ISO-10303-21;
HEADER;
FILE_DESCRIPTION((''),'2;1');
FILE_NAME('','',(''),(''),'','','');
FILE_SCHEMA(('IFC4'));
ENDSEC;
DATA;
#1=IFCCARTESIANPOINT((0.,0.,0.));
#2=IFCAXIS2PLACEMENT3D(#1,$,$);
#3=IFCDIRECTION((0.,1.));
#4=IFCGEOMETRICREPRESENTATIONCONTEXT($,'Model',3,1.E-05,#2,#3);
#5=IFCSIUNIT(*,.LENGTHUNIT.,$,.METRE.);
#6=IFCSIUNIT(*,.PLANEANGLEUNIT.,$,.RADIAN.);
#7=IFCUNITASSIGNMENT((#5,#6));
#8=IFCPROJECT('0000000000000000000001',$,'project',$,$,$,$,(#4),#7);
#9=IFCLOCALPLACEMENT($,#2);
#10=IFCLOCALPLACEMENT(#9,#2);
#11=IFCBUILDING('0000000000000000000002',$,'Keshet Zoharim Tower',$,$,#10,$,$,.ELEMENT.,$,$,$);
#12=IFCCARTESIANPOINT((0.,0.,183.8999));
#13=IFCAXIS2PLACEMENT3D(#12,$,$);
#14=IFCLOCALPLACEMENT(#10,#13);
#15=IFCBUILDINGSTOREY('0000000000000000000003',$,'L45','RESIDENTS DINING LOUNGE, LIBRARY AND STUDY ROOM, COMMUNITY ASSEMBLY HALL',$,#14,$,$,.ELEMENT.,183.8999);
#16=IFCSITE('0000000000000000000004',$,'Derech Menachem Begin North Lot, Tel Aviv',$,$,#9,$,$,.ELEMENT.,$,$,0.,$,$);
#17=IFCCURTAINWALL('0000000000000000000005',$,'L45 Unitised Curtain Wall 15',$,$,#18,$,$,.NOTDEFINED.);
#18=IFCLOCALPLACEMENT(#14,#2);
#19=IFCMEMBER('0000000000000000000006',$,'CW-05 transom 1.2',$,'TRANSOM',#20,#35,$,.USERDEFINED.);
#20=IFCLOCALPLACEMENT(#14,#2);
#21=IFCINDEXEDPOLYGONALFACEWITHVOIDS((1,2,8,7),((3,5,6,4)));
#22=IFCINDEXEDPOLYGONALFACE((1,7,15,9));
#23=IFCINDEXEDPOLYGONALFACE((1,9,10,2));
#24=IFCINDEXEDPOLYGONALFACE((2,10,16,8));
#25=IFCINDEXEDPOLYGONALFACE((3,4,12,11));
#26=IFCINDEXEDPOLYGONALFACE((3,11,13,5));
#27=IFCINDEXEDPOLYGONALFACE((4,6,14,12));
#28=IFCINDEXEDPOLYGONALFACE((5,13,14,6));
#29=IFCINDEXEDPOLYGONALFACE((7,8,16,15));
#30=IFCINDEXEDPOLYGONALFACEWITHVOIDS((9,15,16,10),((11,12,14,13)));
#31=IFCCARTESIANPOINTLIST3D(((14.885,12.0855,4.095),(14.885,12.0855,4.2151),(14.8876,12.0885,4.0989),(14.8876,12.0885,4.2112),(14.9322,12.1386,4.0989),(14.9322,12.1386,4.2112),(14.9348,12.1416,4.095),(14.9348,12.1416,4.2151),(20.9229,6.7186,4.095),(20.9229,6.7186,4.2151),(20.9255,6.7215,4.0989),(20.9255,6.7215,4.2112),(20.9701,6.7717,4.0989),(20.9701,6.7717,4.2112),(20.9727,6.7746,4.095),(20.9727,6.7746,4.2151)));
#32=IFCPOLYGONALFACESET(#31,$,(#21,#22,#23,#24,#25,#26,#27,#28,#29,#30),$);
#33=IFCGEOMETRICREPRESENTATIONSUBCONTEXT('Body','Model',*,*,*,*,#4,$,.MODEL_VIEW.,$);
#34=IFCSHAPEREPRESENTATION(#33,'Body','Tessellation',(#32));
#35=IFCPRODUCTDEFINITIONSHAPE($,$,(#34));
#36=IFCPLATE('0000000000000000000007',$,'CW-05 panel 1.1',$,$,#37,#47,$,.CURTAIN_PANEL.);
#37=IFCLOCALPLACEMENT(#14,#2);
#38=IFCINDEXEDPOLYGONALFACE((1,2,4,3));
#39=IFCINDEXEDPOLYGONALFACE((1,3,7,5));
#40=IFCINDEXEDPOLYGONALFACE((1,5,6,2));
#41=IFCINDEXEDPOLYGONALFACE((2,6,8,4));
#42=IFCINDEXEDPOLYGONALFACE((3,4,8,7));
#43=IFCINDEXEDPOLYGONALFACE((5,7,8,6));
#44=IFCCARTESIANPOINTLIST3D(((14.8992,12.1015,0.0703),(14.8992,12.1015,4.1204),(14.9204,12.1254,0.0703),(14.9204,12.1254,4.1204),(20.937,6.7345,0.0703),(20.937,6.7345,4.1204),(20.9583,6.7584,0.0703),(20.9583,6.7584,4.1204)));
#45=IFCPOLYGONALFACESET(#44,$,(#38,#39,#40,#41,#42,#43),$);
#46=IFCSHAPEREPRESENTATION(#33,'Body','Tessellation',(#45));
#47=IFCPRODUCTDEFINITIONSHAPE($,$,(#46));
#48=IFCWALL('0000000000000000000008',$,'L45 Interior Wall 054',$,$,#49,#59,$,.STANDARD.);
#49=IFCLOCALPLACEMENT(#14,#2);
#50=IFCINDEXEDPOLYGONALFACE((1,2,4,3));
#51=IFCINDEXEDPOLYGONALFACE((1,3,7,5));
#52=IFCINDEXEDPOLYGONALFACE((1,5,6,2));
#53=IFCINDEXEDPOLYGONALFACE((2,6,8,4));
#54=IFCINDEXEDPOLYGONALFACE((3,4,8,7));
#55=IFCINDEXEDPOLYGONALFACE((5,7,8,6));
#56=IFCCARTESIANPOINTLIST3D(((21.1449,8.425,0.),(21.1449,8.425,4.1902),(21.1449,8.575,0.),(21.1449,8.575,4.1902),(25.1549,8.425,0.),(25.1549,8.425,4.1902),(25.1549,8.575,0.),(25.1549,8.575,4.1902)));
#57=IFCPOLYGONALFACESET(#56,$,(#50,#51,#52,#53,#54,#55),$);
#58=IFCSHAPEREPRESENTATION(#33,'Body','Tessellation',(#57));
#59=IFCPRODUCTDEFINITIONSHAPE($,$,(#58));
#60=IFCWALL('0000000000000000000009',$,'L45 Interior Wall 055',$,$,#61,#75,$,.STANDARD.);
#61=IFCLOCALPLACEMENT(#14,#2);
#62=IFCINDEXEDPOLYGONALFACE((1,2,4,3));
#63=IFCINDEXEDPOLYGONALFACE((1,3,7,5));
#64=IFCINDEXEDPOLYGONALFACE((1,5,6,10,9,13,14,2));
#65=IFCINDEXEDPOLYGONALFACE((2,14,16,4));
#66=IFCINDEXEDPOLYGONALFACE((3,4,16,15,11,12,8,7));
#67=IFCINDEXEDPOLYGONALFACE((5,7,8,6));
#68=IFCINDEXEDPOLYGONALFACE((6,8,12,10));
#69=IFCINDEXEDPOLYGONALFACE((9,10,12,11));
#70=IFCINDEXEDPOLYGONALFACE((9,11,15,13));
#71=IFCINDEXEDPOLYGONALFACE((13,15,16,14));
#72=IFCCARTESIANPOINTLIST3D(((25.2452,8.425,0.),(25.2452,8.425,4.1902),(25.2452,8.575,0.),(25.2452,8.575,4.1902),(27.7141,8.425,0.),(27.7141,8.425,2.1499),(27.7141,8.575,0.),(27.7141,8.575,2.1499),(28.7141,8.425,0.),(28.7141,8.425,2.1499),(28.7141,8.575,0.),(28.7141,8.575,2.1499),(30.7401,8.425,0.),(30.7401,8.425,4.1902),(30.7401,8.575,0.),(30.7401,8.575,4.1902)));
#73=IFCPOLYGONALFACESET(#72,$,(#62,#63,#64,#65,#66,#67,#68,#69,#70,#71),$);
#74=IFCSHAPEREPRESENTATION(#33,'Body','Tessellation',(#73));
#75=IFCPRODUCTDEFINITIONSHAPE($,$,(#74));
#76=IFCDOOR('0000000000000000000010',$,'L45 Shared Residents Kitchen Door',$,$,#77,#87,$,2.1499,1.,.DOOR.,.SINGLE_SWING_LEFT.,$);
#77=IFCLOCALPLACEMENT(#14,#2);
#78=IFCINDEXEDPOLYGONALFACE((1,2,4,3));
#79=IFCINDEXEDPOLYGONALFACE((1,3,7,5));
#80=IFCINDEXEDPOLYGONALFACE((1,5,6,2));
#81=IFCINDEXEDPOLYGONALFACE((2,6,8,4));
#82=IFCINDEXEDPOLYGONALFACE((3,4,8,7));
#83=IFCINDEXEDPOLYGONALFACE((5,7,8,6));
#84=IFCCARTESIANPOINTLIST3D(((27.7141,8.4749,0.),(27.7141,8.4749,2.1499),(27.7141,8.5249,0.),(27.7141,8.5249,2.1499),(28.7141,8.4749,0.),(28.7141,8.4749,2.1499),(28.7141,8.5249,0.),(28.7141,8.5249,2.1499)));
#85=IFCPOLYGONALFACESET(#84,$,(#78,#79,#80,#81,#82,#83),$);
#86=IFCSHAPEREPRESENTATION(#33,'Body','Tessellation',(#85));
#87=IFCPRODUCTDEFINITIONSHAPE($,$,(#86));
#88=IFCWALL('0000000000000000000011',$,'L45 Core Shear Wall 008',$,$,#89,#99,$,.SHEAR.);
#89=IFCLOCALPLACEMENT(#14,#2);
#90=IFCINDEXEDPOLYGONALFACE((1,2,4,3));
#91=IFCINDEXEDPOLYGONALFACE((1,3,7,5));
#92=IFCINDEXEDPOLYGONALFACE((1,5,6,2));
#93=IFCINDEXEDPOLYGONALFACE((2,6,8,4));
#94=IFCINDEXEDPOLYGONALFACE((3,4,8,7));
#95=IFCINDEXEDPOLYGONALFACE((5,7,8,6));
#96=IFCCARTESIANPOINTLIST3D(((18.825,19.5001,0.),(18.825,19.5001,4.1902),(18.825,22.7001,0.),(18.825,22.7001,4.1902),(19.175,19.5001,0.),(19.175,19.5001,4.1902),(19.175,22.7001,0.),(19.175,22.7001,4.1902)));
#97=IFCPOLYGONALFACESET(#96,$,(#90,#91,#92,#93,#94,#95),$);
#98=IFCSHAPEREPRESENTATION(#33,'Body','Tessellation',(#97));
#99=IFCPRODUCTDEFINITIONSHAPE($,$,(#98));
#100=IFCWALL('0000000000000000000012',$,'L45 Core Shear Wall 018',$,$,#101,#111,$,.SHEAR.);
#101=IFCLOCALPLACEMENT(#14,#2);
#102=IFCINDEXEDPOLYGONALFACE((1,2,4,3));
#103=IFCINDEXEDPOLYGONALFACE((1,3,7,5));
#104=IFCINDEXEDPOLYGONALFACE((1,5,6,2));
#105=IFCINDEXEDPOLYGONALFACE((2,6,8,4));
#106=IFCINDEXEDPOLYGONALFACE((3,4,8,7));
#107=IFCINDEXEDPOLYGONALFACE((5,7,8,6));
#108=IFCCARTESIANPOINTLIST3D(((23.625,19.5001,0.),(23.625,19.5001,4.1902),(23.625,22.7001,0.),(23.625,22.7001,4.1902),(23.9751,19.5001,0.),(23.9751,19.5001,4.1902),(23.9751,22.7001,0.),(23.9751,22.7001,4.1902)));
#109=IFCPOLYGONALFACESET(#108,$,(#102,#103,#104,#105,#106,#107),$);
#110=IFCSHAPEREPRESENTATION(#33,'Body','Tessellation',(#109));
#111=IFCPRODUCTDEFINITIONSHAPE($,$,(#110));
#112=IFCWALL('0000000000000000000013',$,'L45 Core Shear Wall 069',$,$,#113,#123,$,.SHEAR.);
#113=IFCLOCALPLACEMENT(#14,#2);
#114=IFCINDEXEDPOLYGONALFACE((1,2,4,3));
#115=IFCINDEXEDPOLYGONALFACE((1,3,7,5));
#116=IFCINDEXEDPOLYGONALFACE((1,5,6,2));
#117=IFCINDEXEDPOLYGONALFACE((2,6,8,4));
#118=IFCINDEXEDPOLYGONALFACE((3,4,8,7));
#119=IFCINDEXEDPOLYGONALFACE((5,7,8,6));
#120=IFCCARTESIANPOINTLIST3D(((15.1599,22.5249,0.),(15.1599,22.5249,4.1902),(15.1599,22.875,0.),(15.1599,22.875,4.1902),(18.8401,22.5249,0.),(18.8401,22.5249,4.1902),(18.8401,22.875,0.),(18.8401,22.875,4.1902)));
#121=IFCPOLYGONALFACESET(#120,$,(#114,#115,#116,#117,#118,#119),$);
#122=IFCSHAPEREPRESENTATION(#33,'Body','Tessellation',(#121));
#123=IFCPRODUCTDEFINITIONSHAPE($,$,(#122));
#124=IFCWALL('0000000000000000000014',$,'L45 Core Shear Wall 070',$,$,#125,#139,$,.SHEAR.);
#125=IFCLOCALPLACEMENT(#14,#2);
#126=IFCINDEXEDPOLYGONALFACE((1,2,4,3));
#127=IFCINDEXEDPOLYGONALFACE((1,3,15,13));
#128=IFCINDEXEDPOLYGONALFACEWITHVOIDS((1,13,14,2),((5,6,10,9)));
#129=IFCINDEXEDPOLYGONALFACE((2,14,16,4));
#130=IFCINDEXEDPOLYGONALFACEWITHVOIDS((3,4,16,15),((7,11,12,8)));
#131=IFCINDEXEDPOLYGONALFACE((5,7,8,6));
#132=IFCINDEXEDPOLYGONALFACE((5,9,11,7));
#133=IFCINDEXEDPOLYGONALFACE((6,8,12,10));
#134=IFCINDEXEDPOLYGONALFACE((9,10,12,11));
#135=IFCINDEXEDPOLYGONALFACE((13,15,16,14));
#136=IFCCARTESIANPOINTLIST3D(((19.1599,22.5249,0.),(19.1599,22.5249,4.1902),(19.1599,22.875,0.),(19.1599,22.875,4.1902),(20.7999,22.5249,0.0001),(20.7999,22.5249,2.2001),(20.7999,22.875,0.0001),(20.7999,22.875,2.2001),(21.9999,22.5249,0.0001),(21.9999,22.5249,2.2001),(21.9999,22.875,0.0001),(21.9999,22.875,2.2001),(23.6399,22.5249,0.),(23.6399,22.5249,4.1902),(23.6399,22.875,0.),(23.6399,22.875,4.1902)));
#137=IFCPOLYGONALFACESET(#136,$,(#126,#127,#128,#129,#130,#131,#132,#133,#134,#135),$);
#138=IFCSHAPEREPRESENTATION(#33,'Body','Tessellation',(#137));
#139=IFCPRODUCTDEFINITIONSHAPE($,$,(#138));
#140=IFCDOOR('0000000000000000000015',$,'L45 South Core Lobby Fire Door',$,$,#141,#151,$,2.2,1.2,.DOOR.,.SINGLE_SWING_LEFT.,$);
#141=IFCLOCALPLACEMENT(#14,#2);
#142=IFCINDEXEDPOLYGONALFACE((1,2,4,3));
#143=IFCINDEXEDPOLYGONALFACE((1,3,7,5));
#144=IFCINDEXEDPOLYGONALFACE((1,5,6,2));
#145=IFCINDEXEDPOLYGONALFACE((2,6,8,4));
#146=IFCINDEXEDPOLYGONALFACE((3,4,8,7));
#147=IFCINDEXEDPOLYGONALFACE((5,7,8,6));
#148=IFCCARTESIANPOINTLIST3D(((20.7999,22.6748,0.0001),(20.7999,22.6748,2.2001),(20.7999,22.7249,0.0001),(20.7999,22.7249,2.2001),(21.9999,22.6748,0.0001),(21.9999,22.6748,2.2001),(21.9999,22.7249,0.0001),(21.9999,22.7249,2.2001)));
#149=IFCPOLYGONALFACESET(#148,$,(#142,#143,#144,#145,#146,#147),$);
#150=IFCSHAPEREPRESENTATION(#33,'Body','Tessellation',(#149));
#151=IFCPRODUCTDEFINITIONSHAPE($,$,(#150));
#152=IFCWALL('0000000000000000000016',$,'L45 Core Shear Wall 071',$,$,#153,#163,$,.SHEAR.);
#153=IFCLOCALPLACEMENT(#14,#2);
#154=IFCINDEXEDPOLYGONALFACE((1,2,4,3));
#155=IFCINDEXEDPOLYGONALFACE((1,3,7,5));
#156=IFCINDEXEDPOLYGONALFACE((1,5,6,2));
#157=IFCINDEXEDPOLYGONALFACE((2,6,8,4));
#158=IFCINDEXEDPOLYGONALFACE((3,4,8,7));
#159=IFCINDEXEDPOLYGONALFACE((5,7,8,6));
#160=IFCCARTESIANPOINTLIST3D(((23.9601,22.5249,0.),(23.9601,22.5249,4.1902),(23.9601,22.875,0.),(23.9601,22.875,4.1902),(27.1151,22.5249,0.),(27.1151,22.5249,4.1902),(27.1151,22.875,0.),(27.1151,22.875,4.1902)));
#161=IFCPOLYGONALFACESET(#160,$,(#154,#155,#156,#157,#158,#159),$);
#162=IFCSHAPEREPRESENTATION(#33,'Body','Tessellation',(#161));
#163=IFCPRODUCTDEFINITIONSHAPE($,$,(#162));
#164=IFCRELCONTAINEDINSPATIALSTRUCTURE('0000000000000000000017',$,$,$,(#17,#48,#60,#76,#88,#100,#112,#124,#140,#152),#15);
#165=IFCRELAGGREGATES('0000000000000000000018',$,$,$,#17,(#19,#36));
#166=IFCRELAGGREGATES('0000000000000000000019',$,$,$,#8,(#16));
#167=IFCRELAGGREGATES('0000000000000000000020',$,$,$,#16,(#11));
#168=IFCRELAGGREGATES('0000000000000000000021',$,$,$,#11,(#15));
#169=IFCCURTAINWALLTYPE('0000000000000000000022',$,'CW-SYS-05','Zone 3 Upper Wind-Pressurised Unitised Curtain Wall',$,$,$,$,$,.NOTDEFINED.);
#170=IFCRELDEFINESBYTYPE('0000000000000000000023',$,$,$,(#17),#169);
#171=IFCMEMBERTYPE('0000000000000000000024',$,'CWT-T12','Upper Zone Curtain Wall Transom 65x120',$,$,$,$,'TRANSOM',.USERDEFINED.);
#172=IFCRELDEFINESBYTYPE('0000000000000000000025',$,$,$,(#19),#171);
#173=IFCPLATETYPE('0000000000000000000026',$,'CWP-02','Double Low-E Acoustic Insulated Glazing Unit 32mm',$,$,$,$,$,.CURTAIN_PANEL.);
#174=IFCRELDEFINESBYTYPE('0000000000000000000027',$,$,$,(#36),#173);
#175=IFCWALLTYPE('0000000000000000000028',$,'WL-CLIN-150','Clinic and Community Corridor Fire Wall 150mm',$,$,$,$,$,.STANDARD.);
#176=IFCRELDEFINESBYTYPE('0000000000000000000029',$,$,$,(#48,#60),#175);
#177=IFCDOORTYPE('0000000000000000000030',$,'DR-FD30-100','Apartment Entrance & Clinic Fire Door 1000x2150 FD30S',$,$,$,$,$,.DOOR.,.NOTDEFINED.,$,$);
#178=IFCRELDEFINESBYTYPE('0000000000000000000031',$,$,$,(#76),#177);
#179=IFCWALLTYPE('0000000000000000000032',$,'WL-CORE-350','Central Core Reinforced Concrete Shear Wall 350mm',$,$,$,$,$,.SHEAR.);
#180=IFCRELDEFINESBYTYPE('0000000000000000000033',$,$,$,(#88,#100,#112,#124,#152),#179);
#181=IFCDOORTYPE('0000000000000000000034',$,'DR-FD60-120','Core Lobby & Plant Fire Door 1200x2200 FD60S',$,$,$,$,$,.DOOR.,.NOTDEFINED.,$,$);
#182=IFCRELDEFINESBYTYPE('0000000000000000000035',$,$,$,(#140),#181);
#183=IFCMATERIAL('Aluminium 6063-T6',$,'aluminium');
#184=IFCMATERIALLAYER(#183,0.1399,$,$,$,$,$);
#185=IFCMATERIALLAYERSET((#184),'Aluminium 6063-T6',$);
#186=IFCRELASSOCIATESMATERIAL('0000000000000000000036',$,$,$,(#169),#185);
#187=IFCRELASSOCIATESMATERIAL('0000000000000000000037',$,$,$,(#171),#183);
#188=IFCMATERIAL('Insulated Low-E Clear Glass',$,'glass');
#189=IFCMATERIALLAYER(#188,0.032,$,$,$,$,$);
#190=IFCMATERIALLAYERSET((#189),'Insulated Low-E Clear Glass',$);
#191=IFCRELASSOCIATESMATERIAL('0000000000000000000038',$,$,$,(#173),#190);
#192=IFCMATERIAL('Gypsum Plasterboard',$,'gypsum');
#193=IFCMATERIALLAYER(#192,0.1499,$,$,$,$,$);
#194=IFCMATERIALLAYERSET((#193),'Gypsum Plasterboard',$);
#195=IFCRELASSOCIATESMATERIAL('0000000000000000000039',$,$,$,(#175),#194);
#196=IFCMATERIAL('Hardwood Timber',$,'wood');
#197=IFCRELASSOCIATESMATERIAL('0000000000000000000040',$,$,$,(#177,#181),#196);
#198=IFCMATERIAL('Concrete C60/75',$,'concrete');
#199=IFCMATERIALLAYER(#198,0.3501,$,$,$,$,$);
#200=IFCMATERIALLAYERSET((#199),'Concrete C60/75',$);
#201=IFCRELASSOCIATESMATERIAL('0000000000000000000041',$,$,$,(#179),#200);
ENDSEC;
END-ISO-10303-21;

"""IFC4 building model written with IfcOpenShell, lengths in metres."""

from ifc_helpers import new_model, si_unit, direction, frame, frame_2d, origin, origin_2d, place, context, subcontext, project, spatial, rectangle, hollow_rectangle, extrude, material, layer, layer_set, material_profile, profile_set, type_object, element, fill, aggregate, save


model = new_model("IFC4")

# Units and contexts
model_context = context("Model", 3, precision=1e-05, world=origin(), true_north=direction((0.0, 1.0)))
body_context = subcontext(model_context, "Body", "Model", "MODEL_VIEW")
ifc_project = project(units=[si_unit("LENGTHUNIT", "METRE"), si_unit("PLANEANGLEUNIT", "RADIAN")], contexts=[model_context])

# Site, building, storey
site_placement = place(None, origin())
site = spatial("IfcSite", under=ifc_project, at=site_placement, Name="Derech Menachem Begin North Lot, Tel Aviv", CompositionType="ELEMENT", RefElevation=0.0)
building_placement = place(site_placement, origin())
building = spatial("IfcBuilding", under=site, at=building_placement, Name="Keshet Zoharim Tower", CompositionType="ELEMENT")
storey_placement = place(building_placement, frame((0.0, 0.0, 183.8999)))
storey = spatial("IfcBuildingStorey", under=building, at=storey_placement, Name="L45", Description="RESIDENTS DINING LOUNGE, LIBRARY AND STUDY ROOM, COMMUNITY ASSEMBLY HALL", CompositionType="ELEMENT", Elevation=183.8999)

# Curtain wall, member, plate
ifc_material_1 = material(Name="Aluminium 6063-T6", Category="aluminium")
ifc_layer_1 = layer(ifc_material_1, 0.1399)
ifc_layer_set_1 = layer_set([ifc_layer_1], Name="Aluminium 6063-T6")
curtain_wall_type = type_object("IfcCurtainWallType", Name="CW-SYS-05", Description="Zone 3 Upper Wind-Pressurised Unitised Curtain Wall", PredefinedType="NOTDEFINED", material=ifc_layer_set_1)
curtain_wall_placement = place(storey_placement, origin())
curtain_wall = element("IfcCurtainWall", 1, at=curtain_wall_placement, inside=storey, type_object=curtain_wall_type, Name="L45 Unitised Curtain Wall 15", PredefinedType="NOTDEFINED")
ifc_material_profile = material_profile(ifc_material_1, hollow_rectangle(XDim=0.075, YDim=0.1201, WallThickness=0.0039, at=origin_2d()), Name="TRN-75x120")
ifc_profile_set = profile_set([ifc_material_profile], Name="Aluminium 6063-T6")
member_type = type_object("IfcMemberType", Name="CWT-T12", Description="Upper Zone Curtain Wall Transom 65x120", ElementType="TRANSOM", PredefinedType="USERDEFINED", material=ifc_profile_set)
member_placement = place(storey_placement, frame((20.9478, 6.7466, 4.155), z_axis=(-0.747411, 0.664362, 0.0), x_axis=(-0.664362, -0.747411, 0.0)))
member = element("IfcMember", 2, at=member_placement, type_object=member_type, Name="CW-05 transom 1.2", ObjectType="TRANSOM", PredefinedType="USERDEFINED", context=body_context, shape_type="SweptSolid", body=[
    extrude(hollow_rectangle(XDim=0.075, YDim=0.1201, WallThickness=0.0039, at=origin_2d()), origin(), (0.0, 0.0, 1.0), 8.0784),
])
ifc_material_2 = material(Name="Insulated Low-E Clear Glass", Category="glass")
ifc_layer_2 = layer(ifc_material_2, 0.032)
ifc_layer_set_2 = layer_set([ifc_layer_2], Name="Insulated Low-E Clear Glass")
plate_type = type_object("IfcPlateType", Name="CWP-02", Description="Double Low-E Acoustic Insulated Glazing Unit 32mm", PredefinedType="CURTAIN_PANEL", material=ifc_layer_set_2)
plate_placement = place(storey_placement, frame((17.9287, 9.4299, 0.0703), z_axis=(0.0, 0.0, 1.0), x_axis=(-0.747409, 0.664364, 0.0)))
plate = element("IfcPlate", 3, at=plate_placement, type_object=plate_type, Name="CW-05 panel 1.1", PredefinedType="CURTAIN_PANEL", context=body_context, shape_type="SweptSolid", body=[
    extrude(rectangle(XDim=8.0784, YDim=0.032, at=origin_2d()), origin(), (0.0, 0.0, 1.0), 4.05),
])
aggregate(curtain_wall, [member, plate])

# Shared definitions
ifc_material_3 = material(Name="Gypsum Plasterboard", Category="gypsum")
ifc_layer_3 = layer(ifc_material_3, 0.1499)
ifc_layer_set_3 = layer_set([ifc_layer_3], Name="Gypsum Plasterboard")
wall_type_1 = type_object("IfcWallType", Name="WL-CLIN-150", Description="Clinic and Community Corridor Fire Wall 150mm", PredefinedType="STANDARD", material=ifc_layer_set_3)
ifc_material_4 = material(Name="Hardwood Timber", Category="wood")
door_type_1 = type_object("IfcDoorType", Name="DR-FD30-100", Description="Apartment Entrance & Clinic Fire Door 1000x2150 FD30S", OperationType="NOTDEFINED", PredefinedType="DOOR", material=ifc_material_4)

# Wall
wall_1_placement = place(storey_placement, frame((21.145, 8.5, 0.0), z_axis=(0.0, 0.0, 1.0), x_axis=(1.0, 0.0, 0.0)))
element("IfcWall", 4, at=wall_1_placement, inside=storey, type_object=wall_type_1, Name="L45 Interior Wall 054", PredefinedType="STANDARD", context=body_context, shape_type="SweptSolid", body=[
    extrude(rectangle(XDim=4.01, YDim=0.1499, at=frame_2d((2.0049, 0.0))), origin(), (0.0, 0.0, 1.0), 4.1902),
])

# Wall, opening, door
wall_2_placement = place(storey_placement, frame((25.2451, 8.5, 0.0), z_axis=(0.0, 0.0, 1.0), x_axis=(1.0, 0.0, 0.0)))
wall_2 = element("IfcWall", 5, at=wall_2_placement, inside=storey, type_object=wall_type_1, Name="L45 Interior Wall 055", PredefinedType="STANDARD", context=body_context, shape_type="SweptSolid", body=[
    extrude(rectangle(XDim=5.4949, YDim=0.1499, at=frame_2d((2.7476, 0.0))), origin(), (0.0, 0.0, 1.0), 4.1902),
])
opening_1_placement = place(wall_2_placement, frame((2.469, 0.0, 0.0)))
opening_1 = element("IfcOpeningElement", 6, at=opening_1_placement, cuts=wall_2, PredefinedType="OPENING", context=body_context, shape_type="SweptSolid", body=[
    extrude(rectangle(XDim=1.0, YDim=2.1499, at=frame_2d((0.5, 1.075))), frame((0.0, 0.085, 0.0), z_axis=(0.0, -1.0, 0.0), x_axis=(1.0, 0.0, 0.0)), (0.0, 0.0, 1.0), 0.1699),
])
door_1_placement = place(opening_1_placement, origin())
door_1 = element("IfcDoor", 7, at=door_1_placement, inside=storey, type_object=door_type_1, Name="L45 Shared Residents Kitchen Door", OperationType="SINGLE_SWING_LEFT", OverallHeight=2.1499, OverallWidth=1.0, PredefinedType="DOOR", context=body_context, shape_type="SweptSolid", body=[
    extrude(rectangle(XDim=1.0, YDim=2.1499, at=frame_2d((0.5, 1.075))), frame((0.0, 0.0249, 0.0), z_axis=(0.0, -1.0, 0.0), x_axis=(1.0, 0.0, 0.0)), (0.0, 0.0, 1.0), 0.05),
])
fill(opening_1, door_1)

# Wall
ifc_material_5 = material(Name="Concrete C60/75", Category="concrete")
ifc_layer_4 = layer(ifc_material_5, 0.3501)
ifc_layer_set_4 = layer_set([ifc_layer_4], Name="Concrete C60/75")
wall_type_2 = type_object("IfcWallType", Name="WL-CORE-350", Description="Central Core Reinforced Concrete Shear Wall 350mm", PredefinedType="SHEAR", material=ifc_layer_set_4)
wall_3_placement = place(storey_placement, frame((19.0, 19.5, 0.0), z_axis=(0.0, 0.0, 1.0), x_axis=(0.0, 1.0, 0.0)))
element("IfcWall", 8, at=wall_3_placement, inside=storey, type_object=wall_type_2, Name="L45 Core Shear Wall 008", PredefinedType="SHEAR", context=body_context, shape_type="SweptSolid", body=[
    extrude(rectangle(XDim=3.2, YDim=0.3501, at=frame_2d((1.6001, 0.0))), origin(), (0.0, 0.0, 1.0), 4.1902),
])

# Wall
wall_4_placement = place(storey_placement, frame((23.8, 19.5, 0.0), z_axis=(0.0, 0.0, 1.0), x_axis=(0.0, 1.0, 0.0)))
element("IfcWall", 9, at=wall_4_placement, inside=storey, type_object=wall_type_2, Name="L45 Core Shear Wall 018", PredefinedType="SHEAR", context=body_context, shape_type="SweptSolid", body=[
    extrude(rectangle(XDim=3.2, YDim=0.3501, at=frame_2d((1.6001, 0.0))), origin(), (0.0, 0.0, 1.0), 4.1902),
])

# Wall
wall_5_placement = place(storey_placement, frame((15.1599, 22.7, 0.0), z_axis=(0.0, 0.0, 1.0), x_axis=(1.0, 0.0, 0.0)))
element("IfcWall", 10, at=wall_5_placement, inside=storey, type_object=wall_type_2, Name="L45 Core Shear Wall 069", PredefinedType="SHEAR", context=body_context, shape_type="SweptSolid", body=[
    extrude(rectangle(XDim=3.6802, YDim=0.3501, at=frame_2d((1.8401, 0.0))), origin(), (0.0, 0.0, 1.0), 4.1902),
])

# Wall, opening, door
wall_6_placement = place(storey_placement, frame((19.1599, 22.7, 0.0), z_axis=(0.0, 0.0, 1.0), x_axis=(1.0, 0.0, 0.0)))
wall_6 = element("IfcWall", 11, at=wall_6_placement, inside=storey, type_object=wall_type_2, Name="L45 Core Shear Wall 070", PredefinedType="SHEAR", context=body_context, shape_type="SweptSolid", body=[
    extrude(rectangle(XDim=4.48, YDim=0.3501, at=frame_2d((2.24, 0.0))), origin(), (0.0, 0.0, 1.0), 4.1902),
])
opening_2_placement = place(wall_6_placement, frame((1.6399, 0.0, 0.0)))
opening_2 = element("IfcOpeningElement", 12, at=opening_2_placement, cuts=wall_6, PredefinedType="OPENING", context=body_context, shape_type="SweptSolid", body=[
    extrude(rectangle(XDim=1.2, YDim=2.2, at=frame_2d((0.6001, 1.1001))), frame((0.0, 0.1851, 0.0), z_axis=(0.0, -1.0, 0.0), x_axis=(1.0, 0.0, 0.0)), (0.0, 0.0, 1.0), 0.3701),
])
door_type_2 = type_object("IfcDoorType", Name="DR-FD60-120", Description="Core Lobby & Plant Fire Door 1200x2200 FD60S", OperationType="NOTDEFINED", PredefinedType="DOOR", material=ifc_material_4)
door_2_placement = place(opening_2_placement, origin())
door_2 = element("IfcDoor", 13, at=door_2_placement, inside=storey, type_object=door_type_2, Name="L45 South Core Lobby Fire Door", OperationType="SINGLE_SWING_LEFT", OverallHeight=2.2, OverallWidth=1.2, PredefinedType="DOOR", context=body_context, shape_type="SweptSolid", body=[
    extrude(rectangle(XDim=1.2, YDim=2.2, at=frame_2d((0.6001, 1.1001))), frame((0.0, 0.0249, 0.0), z_axis=(0.0, -1.0, 0.0), x_axis=(1.0, 0.0, 0.0)), (0.0, 0.0, 1.0), 0.05),
])
fill(opening_2, door_2)

# Wall
wall_7_placement = place(storey_placement, frame((23.96, 22.7, 0.0), z_axis=(0.0, 0.0, 1.0), x_axis=(1.0, 0.0, 0.0)))
element("IfcWall", 14, at=wall_7_placement, inside=storey, type_object=wall_type_2, Name="L45 Core Shear Wall 071", PredefinedType="SHEAR", context=body_context, shape_type="SweptSolid", body=[
    extrude(rectangle(XDim=3.155, YDim=0.3501, at=frame_2d((1.5776, 0.0))), origin(), (0.0, 0.0, 1.0), 4.1902),
])

save(model, "model.ifc")
